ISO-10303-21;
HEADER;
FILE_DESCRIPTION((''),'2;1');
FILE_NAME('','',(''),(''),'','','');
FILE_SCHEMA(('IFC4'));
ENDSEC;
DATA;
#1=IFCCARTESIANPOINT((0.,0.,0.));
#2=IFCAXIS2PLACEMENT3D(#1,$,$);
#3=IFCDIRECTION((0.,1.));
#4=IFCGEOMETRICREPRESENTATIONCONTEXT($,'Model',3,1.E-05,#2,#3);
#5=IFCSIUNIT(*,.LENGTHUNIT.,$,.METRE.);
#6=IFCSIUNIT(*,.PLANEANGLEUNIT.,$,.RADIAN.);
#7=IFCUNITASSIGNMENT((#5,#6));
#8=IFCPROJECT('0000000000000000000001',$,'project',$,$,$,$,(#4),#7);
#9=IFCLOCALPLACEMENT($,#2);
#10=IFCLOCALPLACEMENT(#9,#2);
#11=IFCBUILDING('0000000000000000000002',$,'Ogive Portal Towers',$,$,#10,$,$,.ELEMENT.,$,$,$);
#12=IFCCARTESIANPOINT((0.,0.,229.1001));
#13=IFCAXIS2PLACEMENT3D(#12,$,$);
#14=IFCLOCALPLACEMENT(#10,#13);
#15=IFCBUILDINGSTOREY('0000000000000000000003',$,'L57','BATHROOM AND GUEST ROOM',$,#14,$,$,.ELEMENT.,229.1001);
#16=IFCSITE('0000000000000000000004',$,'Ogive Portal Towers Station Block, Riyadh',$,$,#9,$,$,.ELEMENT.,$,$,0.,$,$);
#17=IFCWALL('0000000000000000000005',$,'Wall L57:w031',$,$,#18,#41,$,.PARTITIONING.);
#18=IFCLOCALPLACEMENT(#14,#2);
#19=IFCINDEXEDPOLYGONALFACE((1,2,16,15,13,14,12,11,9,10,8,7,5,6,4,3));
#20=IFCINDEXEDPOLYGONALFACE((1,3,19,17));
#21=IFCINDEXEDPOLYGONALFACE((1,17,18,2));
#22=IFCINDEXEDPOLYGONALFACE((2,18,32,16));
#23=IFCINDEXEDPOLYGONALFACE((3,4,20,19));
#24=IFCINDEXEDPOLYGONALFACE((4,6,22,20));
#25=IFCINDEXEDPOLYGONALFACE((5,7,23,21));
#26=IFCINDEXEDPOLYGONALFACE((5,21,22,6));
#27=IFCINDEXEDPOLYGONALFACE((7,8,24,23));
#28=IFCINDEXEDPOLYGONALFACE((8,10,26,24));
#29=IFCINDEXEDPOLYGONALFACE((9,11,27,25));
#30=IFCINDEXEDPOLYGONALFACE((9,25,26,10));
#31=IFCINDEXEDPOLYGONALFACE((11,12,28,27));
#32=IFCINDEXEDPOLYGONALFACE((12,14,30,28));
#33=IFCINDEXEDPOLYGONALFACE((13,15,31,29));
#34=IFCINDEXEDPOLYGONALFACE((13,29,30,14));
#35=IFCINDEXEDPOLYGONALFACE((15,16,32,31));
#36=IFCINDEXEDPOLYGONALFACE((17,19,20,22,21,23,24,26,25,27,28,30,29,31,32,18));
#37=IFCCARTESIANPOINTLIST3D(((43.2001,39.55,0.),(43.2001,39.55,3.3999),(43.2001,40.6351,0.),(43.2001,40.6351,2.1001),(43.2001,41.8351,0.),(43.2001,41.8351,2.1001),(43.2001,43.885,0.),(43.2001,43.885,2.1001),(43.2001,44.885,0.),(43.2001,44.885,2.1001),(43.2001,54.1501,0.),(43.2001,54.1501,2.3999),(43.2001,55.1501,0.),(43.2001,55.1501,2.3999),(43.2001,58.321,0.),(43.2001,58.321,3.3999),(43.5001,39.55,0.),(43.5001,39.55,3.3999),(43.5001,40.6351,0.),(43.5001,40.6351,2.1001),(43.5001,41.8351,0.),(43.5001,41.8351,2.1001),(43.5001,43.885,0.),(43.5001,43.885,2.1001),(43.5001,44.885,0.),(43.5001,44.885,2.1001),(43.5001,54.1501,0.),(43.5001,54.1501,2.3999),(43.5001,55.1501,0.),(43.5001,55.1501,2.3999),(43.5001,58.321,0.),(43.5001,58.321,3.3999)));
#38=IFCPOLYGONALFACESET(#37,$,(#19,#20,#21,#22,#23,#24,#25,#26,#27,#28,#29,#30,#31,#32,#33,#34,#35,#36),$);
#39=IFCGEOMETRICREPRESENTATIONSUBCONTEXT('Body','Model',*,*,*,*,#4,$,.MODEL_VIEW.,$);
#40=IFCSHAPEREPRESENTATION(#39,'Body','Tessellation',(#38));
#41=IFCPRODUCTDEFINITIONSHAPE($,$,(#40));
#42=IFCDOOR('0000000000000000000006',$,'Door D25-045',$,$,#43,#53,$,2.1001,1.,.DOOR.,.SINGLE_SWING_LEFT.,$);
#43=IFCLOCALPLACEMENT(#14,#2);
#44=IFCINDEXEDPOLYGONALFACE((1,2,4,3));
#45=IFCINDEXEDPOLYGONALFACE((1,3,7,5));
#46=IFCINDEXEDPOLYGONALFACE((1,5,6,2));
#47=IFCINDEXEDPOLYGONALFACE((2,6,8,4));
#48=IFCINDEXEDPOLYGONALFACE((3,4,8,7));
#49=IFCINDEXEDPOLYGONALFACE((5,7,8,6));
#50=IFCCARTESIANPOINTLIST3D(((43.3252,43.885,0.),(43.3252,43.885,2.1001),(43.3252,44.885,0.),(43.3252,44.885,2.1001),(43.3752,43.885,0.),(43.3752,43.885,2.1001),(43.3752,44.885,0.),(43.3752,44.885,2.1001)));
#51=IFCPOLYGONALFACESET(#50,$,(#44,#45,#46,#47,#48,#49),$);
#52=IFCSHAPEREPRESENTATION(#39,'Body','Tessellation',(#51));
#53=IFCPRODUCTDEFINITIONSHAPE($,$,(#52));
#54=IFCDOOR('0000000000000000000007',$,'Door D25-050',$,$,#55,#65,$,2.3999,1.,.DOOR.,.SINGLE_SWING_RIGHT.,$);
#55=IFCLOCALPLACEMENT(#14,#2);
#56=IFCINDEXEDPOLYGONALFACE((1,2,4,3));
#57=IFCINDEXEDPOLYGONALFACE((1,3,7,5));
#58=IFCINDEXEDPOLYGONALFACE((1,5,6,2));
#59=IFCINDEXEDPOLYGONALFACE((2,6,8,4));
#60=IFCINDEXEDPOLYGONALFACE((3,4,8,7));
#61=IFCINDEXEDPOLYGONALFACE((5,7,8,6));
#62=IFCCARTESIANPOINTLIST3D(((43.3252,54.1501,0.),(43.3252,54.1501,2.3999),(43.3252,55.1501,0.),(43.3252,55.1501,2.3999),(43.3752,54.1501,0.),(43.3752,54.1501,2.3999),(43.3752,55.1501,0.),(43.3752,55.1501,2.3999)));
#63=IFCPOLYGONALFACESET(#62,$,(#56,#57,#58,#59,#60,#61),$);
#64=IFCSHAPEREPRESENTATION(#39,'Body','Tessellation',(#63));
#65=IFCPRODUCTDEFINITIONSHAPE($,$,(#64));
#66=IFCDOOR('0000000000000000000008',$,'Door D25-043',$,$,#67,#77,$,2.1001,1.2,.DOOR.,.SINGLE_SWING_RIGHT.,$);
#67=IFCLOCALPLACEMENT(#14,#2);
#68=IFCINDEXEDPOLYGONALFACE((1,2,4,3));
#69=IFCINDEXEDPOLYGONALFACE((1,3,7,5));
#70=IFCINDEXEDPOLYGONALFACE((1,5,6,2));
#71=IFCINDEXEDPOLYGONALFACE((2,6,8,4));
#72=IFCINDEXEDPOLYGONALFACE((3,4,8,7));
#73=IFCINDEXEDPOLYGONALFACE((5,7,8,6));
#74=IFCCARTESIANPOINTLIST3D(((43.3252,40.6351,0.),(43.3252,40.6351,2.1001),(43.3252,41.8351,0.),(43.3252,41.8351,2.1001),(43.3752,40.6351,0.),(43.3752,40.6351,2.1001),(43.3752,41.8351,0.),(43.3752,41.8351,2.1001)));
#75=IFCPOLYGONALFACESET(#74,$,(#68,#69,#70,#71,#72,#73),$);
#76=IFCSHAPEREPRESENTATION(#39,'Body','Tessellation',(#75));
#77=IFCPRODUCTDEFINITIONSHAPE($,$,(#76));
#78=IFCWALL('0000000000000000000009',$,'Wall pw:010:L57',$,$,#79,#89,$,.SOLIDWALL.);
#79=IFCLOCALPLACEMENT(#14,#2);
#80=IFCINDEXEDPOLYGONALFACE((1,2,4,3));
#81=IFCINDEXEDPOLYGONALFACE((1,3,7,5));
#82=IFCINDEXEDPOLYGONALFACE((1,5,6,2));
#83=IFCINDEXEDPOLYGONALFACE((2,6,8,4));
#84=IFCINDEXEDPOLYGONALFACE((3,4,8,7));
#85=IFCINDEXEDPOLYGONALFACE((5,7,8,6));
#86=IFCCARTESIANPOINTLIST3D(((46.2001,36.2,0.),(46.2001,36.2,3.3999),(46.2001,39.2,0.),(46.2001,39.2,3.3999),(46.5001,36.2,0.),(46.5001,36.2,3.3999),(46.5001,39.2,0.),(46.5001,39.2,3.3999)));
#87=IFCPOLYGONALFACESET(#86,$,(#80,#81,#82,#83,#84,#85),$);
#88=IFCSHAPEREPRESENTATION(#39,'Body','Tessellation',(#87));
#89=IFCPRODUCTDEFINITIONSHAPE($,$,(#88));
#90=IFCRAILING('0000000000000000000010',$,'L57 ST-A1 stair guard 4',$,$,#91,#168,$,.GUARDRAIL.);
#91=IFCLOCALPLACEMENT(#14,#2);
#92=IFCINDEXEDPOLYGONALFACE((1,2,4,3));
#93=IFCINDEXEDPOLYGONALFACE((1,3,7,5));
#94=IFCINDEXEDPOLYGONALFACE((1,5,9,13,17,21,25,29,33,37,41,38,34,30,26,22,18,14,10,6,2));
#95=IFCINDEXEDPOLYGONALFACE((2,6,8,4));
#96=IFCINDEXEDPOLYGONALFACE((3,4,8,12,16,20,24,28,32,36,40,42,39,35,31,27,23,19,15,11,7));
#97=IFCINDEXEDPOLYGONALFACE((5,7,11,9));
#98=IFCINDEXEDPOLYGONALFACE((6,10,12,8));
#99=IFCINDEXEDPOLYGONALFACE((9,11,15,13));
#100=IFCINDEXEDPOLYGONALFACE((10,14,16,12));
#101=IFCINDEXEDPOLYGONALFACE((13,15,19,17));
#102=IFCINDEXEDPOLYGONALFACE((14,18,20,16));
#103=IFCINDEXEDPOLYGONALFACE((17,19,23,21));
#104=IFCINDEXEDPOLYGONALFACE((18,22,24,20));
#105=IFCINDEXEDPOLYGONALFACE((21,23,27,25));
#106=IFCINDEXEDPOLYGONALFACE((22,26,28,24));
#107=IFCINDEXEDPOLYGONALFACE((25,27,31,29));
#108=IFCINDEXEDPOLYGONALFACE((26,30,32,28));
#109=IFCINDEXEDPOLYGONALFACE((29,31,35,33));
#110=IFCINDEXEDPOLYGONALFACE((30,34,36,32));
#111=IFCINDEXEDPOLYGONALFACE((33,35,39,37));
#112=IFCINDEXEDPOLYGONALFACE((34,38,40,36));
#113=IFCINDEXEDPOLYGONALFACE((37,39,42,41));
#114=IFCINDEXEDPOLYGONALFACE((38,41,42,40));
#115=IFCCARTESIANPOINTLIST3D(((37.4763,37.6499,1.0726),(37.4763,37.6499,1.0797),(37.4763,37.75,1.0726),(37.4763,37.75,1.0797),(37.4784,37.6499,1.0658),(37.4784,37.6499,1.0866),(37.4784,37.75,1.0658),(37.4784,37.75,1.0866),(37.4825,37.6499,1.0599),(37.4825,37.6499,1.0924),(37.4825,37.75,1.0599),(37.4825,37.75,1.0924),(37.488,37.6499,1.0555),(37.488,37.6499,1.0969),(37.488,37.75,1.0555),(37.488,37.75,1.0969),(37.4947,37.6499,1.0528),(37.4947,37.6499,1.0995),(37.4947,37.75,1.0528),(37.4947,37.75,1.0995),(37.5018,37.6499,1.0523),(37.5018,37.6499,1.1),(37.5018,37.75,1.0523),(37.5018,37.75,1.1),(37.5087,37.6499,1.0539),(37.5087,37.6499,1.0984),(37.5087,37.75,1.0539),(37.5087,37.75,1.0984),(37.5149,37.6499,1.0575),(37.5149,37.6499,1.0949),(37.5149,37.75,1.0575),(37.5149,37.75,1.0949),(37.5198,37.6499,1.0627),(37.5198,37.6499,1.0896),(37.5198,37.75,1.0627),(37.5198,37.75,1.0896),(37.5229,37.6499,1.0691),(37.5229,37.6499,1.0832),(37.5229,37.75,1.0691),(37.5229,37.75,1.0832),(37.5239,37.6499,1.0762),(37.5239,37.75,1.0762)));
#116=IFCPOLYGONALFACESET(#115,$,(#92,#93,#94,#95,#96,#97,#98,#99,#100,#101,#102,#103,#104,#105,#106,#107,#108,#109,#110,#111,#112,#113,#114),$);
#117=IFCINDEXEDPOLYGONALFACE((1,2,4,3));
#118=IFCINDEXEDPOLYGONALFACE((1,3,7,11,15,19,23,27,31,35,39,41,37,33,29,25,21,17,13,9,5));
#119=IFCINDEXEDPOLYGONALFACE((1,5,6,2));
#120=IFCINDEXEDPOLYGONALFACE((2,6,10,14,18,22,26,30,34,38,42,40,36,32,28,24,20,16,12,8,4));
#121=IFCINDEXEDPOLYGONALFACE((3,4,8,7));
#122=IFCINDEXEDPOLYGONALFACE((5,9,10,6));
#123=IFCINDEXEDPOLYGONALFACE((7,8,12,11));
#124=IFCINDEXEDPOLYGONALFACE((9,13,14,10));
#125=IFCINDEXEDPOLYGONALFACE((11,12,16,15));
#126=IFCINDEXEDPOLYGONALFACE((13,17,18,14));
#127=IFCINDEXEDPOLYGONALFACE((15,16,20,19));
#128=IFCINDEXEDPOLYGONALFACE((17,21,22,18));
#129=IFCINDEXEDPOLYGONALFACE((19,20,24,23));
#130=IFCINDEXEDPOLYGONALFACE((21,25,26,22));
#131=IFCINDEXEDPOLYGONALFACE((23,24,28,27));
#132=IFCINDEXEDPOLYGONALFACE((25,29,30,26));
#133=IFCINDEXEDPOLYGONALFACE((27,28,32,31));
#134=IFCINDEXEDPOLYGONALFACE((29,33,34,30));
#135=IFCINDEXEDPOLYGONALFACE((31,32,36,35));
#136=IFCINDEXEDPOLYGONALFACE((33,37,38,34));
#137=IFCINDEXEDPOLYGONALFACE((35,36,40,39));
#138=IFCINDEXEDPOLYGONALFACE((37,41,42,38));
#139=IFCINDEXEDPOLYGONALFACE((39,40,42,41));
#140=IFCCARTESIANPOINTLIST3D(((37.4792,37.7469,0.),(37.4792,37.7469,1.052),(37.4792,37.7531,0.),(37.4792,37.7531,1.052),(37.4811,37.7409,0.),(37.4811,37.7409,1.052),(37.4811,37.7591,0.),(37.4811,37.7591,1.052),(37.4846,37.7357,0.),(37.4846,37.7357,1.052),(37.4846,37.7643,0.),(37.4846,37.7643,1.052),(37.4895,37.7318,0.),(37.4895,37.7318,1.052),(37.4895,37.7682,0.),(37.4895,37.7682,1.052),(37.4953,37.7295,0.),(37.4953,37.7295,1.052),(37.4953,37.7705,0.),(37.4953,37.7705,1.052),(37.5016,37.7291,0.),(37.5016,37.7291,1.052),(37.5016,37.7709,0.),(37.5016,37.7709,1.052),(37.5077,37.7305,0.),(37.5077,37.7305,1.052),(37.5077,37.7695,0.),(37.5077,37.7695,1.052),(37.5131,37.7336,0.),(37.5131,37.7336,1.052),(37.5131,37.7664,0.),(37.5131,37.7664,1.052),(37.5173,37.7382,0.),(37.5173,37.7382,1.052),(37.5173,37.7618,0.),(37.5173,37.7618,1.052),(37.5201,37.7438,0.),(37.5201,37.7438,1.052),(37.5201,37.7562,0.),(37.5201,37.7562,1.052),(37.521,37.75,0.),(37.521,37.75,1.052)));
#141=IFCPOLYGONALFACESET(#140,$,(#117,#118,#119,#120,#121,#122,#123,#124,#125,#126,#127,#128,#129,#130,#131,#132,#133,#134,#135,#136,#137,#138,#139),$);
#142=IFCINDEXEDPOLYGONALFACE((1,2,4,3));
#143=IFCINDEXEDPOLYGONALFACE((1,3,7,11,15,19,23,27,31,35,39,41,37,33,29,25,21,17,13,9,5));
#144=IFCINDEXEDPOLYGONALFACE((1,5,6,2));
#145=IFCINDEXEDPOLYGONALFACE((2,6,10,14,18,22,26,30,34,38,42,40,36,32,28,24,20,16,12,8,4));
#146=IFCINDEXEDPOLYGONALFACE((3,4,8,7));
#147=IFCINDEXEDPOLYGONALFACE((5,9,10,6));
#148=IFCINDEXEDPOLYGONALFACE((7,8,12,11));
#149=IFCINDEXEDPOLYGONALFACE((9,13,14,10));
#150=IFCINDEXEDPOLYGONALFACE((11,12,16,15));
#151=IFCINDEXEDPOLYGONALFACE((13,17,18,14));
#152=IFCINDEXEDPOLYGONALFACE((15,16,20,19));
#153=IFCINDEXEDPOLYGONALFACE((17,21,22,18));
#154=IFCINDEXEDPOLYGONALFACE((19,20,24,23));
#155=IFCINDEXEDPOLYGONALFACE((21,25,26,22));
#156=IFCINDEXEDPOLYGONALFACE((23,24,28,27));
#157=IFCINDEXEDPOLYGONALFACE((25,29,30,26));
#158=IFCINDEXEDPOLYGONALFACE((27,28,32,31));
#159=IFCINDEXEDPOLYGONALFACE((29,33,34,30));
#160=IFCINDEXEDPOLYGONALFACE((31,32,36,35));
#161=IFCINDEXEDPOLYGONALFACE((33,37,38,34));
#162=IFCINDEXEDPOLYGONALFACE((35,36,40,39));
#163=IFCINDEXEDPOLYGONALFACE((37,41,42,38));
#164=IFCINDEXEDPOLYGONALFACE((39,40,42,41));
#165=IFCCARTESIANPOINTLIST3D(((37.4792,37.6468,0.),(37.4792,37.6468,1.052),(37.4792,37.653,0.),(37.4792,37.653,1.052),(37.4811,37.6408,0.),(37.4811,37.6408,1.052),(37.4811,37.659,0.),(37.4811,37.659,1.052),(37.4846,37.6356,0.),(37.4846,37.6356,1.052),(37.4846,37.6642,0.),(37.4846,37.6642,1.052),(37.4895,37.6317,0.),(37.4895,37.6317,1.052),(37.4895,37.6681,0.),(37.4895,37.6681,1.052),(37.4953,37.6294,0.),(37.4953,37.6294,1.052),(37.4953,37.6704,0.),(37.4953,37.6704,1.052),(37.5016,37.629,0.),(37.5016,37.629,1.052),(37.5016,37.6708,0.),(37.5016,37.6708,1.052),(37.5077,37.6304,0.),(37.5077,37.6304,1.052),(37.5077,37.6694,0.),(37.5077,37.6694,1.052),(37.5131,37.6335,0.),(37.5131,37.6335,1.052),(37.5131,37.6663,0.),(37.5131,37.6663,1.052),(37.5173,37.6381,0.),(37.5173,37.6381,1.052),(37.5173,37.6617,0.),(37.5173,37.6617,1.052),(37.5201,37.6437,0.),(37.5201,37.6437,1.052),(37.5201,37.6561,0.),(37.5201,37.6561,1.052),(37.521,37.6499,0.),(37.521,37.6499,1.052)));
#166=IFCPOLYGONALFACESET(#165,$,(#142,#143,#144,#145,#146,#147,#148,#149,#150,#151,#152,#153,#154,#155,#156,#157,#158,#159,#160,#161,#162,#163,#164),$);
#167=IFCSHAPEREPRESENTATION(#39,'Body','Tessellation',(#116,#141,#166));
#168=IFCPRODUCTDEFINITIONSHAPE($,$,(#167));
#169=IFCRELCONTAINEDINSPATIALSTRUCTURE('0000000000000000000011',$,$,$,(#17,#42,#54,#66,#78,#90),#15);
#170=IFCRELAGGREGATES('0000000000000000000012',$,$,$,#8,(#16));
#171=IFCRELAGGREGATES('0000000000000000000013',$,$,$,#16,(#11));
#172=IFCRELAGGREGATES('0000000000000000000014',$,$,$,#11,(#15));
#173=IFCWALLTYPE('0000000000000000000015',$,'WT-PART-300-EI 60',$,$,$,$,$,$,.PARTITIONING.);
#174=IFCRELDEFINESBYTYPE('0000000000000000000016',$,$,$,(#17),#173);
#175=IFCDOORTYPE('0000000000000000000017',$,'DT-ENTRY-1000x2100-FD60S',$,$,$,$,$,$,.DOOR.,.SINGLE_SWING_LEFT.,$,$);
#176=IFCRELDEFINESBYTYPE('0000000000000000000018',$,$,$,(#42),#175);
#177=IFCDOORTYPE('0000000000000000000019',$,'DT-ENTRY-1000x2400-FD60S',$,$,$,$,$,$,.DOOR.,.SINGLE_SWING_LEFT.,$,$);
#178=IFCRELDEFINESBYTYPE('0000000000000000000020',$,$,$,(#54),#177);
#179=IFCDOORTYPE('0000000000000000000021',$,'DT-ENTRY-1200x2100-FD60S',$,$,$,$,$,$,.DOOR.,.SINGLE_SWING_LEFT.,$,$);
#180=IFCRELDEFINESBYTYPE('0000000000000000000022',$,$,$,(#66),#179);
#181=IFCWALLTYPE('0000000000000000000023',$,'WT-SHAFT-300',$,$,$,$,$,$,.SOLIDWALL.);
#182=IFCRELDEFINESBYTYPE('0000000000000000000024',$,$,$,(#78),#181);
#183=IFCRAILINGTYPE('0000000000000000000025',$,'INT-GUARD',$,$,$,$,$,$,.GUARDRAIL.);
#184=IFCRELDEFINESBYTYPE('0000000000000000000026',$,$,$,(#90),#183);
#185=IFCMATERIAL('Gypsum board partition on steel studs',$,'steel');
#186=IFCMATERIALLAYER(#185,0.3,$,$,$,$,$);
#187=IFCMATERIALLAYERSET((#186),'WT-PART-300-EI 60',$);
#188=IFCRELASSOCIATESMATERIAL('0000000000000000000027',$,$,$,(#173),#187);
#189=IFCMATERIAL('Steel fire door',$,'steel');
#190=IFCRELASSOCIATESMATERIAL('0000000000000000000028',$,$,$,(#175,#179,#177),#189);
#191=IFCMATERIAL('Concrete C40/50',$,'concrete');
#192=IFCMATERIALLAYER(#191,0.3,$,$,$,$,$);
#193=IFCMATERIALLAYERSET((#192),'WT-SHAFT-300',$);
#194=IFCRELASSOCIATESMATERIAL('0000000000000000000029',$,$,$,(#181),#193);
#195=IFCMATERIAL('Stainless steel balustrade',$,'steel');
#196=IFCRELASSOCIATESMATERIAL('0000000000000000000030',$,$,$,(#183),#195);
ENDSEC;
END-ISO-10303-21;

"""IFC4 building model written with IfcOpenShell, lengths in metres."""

from ifc_helpers import new_model, si_unit, direction, frame, frame_2d, origin, origin_2d, place, context, subcontext, project, spatial, rectangle, circle, extrude, material, layer, layer_set, type_object, element, fill, save


model = new_model("IFC4")

# Units and contexts
model_context = context("Model", 3, precision=1e-05, world=origin(), true_north=direction((0.0, 1.0)))
body_context = subcontext(model_context, "Body", "Model", "MODEL_VIEW")
ifc_project = project(units=[si_unit("LENGTHUNIT", "METRE"), si_unit("PLANEANGLEUNIT", "RADIAN")], contexts=[model_context])

# Site, building, storey
site_placement = place(None, origin())
site = spatial("IfcSite", under=ifc_project, at=site_placement, Name="Ogive Portal Towers Station Block, Riyadh", CompositionType="ELEMENT", RefElevation=0.0)
building_placement = place(site_placement, origin())
building = spatial("IfcBuilding", under=site, at=building_placement, Name="Ogive Portal Towers", CompositionType="ELEMENT")
storey_placement = place(building_placement, frame((0.0, 0.0, 229.1001)))
storey = spatial("IfcBuildingStorey", under=building, at=storey_placement, Name="L57", Description="BATHROOM AND GUEST ROOM", CompositionType="ELEMENT", Elevation=229.1001)

# Shared definitions
ifc_material_1 = material(Name="Steel fire door", Category="steel")

# Wall, openings, doors
ifc_material_2 = material(Name="Gypsum board partition on steel studs", Category="steel")
ifc_layer_1 = layer(ifc_material_2, 0.3)
ifc_layer_set_1 = layer_set([ifc_layer_1], Name="WT-PART-300-EI 60")
wall_type_1 = type_object("IfcWallType", Name="WT-PART-300-EI 60", PredefinedType="PARTITIONING", material=ifc_layer_set_1)
door_type_1 = type_object("IfcDoorType", Name="DT-ENTRY-1000x2100-FD60S", OperationType="SINGLE_SWING_LEFT", PredefinedType="DOOR", material=ifc_material_1)
door_type_2 = type_object("IfcDoorType", Name="DT-ENTRY-1200x2100-FD60S", OperationType="SINGLE_SWING_LEFT", PredefinedType="DOOR", material=ifc_material_1)
wall_1_placement = place(storey_placement, frame((43.3501, 39.55, 0.0), z_axis=(0.0, 0.0, 1.0), x_axis=(0.0, 1.0, 0.0)))
wall_1 = element("IfcWall", 1, at=wall_1_placement, inside=storey, type_object=wall_type_1, Name="Wall L57:w031", PredefinedType="PARTITIONING", context=body_context, shape_type="SweptSolid", body=[
    extrude(rectangle(XDim=18.771, YDim=0.3, at=frame_2d((9.3855, 0.0))), origin(), (0.0, 0.0, 1.0), 3.3999),
])
opening_1_placement = place(wall_1_placement, frame((1.085, 0.0, 0.0)))
opening_1 = element("IfcOpeningElement", 2, at=opening_1_placement, cuts=wall_1, PredefinedType="OPENING", context=body_context, shape_type="SweptSolid", body=[
    extrude(rectangle(XDim=1.2, YDim=2.1001, at=frame_2d((0.6001, 1.05))), frame((0.0, 0.1602, 0.0), z_axis=(0.0, -1.0, 0.0), x_axis=(1.0, 0.0, 0.0)), (0.0, 0.0, 1.0), 0.3201),
])
opening_2_placement = place(wall_1_placement, frame((4.335, 0.0, 0.0)))
opening_2 = element("IfcOpeningElement", 3, at=opening_2_placement, cuts=wall_1, PredefinedType="OPENING", context=body_context, shape_type="SweptSolid", body=[
    extrude(rectangle(XDim=1.0, YDim=2.1001, at=frame_2d((0.5, 1.05))), frame((0.0, 0.1602, 0.0), z_axis=(0.0, -1.0, 0.0), x_axis=(1.0, 0.0, 0.0)), (0.0, 0.0, 1.0), 0.3201),
])
opening_3_placement = place(wall_1_placement, frame((14.6001, 0.0, 0.0)))
opening_3 = element("IfcOpeningElement", 4, at=opening_3_placement, cuts=wall_1, PredefinedType="OPENING", context=body_context, shape_type="SweptSolid", body=[
    extrude(rectangle(XDim=1.0, YDim=2.3999, at=frame_2d((0.5, 1.2))), frame((0.0, 0.1602, 0.0), z_axis=(0.0, -1.0, 0.0), x_axis=(1.0, 0.0, 0.0)), (0.0, 0.0, 1.0), 0.3201),
])
door_1_placement = place(opening_2_placement, origin())
door_1 = element("IfcDoor", 5, at=door_1_placement, inside=storey, type_object=door_type_1, Name="Door D25-045", OperationType="SINGLE_SWING_LEFT", OverallHeight=2.1001, OverallWidth=1.0, PredefinedType="DOOR", context=body_context, shape_type="SweptSolid", body=[
    extrude(rectangle(XDim=1.0, YDim=2.1001, at=frame_2d((0.5, 1.05))), frame((0.0, 0.0249, 0.0), z_axis=(0.0, -1.0, 0.0), x_axis=(1.0, 0.0, 0.0)), (0.0, 0.0, 1.0), 0.05),
])
fill(opening_2, door_1)
door_type_3 = type_object("IfcDoorType", Name="DT-ENTRY-1000x2400-FD60S", OperationType="SINGLE_SWING_LEFT", PredefinedType="DOOR", material=ifc_material_1)
door_2_placement = place(opening_3_placement, origin())
door_2 = element("IfcDoor", 6, at=door_2_placement, inside=storey, type_object=door_type_3, Name="Door D25-050", OperationType="SINGLE_SWING_RIGHT", OverallHeight=2.3999, OverallWidth=1.0, PredefinedType="DOOR", context=body_context, shape_type="SweptSolid", body=[
    extrude(rectangle(XDim=1.0, YDim=2.3999, at=frame_2d((0.5, 1.2))), frame((0.0, 0.0249, 0.0), z_axis=(0.0, -1.0, 0.0), x_axis=(1.0, 0.0, 0.0)), (0.0, 0.0, 1.0), 0.05),
])
fill(opening_3, door_2)
door_3_placement = place(opening_1_placement, origin())
door_3 = element("IfcDoor", 7, at=door_3_placement, inside=storey, type_object=door_type_2, Name="Door D25-043", OperationType="SINGLE_SWING_RIGHT", OverallHeight=2.1001, OverallWidth=1.2, PredefinedType="DOOR", context=body_context, shape_type="SweptSolid", body=[
    extrude(rectangle(XDim=1.2, YDim=2.1001, at=frame_2d((0.6001, 1.05))), frame((0.0, 0.0249, 0.0), z_axis=(0.0, -1.0, 0.0), x_axis=(1.0, 0.0, 0.0)), (0.0, 0.0, 1.0), 0.05),
])
fill(opening_1, door_3)

# Wall
ifc_material_3 = material(Name="Concrete C40/50", Category="concrete")
ifc_layer_2 = layer(ifc_material_3, 0.3)
ifc_layer_set_2 = layer_set([ifc_layer_2], Name="WT-SHAFT-300")
wall_type_2 = type_object("IfcWallType", Name="WT-SHAFT-300", PredefinedType="SOLIDWALL", material=ifc_layer_set_2)
wall_2_placement = place(storey_placement, frame((46.3501, 36.2, 0.0), z_axis=(0.0, 0.0, 1.0), x_axis=(0.0, 1.0, 0.0)))
element("IfcWall", 8, at=wall_2_placement, inside=storey, type_object=wall_type_2, Name="Wall pw:010:L57", PredefinedType="SOLIDWALL", context=body_context, shape_type="SweptSolid", body=[
    extrude(rectangle(XDim=3.0, YDim=0.3, at=frame_2d((1.5, 0.0))), origin(), (0.0, 0.0, 1.0), 3.3999),
])

# Railing
ifc_material_4 = material(Name="Stainless steel balustrade", Category="steel")
railing_type_1 = type_object("IfcRailingType", Name="INT-GUARD", PredefinedType="GUARDRAIL", material=ifc_material_4)
railing_1_placement = place(storey_placement, frame((37.5, 37.75, 0.0)))
element("IfcRailing", 9, at=railing_1_placement, inside=storey, type_object=railing_type_1, Name="L57 ST-A1 stair guard 4", PredefinedType="GUARDRAIL", context=body_context, shape_type="SweptSolid", body=[
    extrude(circle(Radius=0.0239, at=origin_2d()), frame((0.0, 0.0, 1.0762), z_axis=(0.0, -1.0, 0.0), x_axis=(1.0, 0.0, 0.0)), (0.0, 0.0, 1.0), 0.1001),
    extrude(circle(Radius=0.021, at=origin_2d()), origin(), (0.0, 0.0, 1.0), 1.052),
    extrude(circle(Radius=0.021, at=origin_2d()), frame((0.0, -0.1001, 0.0)), (0.0, 0.0, 1.0), 1.052),
])

save(model, "model.ifc")
